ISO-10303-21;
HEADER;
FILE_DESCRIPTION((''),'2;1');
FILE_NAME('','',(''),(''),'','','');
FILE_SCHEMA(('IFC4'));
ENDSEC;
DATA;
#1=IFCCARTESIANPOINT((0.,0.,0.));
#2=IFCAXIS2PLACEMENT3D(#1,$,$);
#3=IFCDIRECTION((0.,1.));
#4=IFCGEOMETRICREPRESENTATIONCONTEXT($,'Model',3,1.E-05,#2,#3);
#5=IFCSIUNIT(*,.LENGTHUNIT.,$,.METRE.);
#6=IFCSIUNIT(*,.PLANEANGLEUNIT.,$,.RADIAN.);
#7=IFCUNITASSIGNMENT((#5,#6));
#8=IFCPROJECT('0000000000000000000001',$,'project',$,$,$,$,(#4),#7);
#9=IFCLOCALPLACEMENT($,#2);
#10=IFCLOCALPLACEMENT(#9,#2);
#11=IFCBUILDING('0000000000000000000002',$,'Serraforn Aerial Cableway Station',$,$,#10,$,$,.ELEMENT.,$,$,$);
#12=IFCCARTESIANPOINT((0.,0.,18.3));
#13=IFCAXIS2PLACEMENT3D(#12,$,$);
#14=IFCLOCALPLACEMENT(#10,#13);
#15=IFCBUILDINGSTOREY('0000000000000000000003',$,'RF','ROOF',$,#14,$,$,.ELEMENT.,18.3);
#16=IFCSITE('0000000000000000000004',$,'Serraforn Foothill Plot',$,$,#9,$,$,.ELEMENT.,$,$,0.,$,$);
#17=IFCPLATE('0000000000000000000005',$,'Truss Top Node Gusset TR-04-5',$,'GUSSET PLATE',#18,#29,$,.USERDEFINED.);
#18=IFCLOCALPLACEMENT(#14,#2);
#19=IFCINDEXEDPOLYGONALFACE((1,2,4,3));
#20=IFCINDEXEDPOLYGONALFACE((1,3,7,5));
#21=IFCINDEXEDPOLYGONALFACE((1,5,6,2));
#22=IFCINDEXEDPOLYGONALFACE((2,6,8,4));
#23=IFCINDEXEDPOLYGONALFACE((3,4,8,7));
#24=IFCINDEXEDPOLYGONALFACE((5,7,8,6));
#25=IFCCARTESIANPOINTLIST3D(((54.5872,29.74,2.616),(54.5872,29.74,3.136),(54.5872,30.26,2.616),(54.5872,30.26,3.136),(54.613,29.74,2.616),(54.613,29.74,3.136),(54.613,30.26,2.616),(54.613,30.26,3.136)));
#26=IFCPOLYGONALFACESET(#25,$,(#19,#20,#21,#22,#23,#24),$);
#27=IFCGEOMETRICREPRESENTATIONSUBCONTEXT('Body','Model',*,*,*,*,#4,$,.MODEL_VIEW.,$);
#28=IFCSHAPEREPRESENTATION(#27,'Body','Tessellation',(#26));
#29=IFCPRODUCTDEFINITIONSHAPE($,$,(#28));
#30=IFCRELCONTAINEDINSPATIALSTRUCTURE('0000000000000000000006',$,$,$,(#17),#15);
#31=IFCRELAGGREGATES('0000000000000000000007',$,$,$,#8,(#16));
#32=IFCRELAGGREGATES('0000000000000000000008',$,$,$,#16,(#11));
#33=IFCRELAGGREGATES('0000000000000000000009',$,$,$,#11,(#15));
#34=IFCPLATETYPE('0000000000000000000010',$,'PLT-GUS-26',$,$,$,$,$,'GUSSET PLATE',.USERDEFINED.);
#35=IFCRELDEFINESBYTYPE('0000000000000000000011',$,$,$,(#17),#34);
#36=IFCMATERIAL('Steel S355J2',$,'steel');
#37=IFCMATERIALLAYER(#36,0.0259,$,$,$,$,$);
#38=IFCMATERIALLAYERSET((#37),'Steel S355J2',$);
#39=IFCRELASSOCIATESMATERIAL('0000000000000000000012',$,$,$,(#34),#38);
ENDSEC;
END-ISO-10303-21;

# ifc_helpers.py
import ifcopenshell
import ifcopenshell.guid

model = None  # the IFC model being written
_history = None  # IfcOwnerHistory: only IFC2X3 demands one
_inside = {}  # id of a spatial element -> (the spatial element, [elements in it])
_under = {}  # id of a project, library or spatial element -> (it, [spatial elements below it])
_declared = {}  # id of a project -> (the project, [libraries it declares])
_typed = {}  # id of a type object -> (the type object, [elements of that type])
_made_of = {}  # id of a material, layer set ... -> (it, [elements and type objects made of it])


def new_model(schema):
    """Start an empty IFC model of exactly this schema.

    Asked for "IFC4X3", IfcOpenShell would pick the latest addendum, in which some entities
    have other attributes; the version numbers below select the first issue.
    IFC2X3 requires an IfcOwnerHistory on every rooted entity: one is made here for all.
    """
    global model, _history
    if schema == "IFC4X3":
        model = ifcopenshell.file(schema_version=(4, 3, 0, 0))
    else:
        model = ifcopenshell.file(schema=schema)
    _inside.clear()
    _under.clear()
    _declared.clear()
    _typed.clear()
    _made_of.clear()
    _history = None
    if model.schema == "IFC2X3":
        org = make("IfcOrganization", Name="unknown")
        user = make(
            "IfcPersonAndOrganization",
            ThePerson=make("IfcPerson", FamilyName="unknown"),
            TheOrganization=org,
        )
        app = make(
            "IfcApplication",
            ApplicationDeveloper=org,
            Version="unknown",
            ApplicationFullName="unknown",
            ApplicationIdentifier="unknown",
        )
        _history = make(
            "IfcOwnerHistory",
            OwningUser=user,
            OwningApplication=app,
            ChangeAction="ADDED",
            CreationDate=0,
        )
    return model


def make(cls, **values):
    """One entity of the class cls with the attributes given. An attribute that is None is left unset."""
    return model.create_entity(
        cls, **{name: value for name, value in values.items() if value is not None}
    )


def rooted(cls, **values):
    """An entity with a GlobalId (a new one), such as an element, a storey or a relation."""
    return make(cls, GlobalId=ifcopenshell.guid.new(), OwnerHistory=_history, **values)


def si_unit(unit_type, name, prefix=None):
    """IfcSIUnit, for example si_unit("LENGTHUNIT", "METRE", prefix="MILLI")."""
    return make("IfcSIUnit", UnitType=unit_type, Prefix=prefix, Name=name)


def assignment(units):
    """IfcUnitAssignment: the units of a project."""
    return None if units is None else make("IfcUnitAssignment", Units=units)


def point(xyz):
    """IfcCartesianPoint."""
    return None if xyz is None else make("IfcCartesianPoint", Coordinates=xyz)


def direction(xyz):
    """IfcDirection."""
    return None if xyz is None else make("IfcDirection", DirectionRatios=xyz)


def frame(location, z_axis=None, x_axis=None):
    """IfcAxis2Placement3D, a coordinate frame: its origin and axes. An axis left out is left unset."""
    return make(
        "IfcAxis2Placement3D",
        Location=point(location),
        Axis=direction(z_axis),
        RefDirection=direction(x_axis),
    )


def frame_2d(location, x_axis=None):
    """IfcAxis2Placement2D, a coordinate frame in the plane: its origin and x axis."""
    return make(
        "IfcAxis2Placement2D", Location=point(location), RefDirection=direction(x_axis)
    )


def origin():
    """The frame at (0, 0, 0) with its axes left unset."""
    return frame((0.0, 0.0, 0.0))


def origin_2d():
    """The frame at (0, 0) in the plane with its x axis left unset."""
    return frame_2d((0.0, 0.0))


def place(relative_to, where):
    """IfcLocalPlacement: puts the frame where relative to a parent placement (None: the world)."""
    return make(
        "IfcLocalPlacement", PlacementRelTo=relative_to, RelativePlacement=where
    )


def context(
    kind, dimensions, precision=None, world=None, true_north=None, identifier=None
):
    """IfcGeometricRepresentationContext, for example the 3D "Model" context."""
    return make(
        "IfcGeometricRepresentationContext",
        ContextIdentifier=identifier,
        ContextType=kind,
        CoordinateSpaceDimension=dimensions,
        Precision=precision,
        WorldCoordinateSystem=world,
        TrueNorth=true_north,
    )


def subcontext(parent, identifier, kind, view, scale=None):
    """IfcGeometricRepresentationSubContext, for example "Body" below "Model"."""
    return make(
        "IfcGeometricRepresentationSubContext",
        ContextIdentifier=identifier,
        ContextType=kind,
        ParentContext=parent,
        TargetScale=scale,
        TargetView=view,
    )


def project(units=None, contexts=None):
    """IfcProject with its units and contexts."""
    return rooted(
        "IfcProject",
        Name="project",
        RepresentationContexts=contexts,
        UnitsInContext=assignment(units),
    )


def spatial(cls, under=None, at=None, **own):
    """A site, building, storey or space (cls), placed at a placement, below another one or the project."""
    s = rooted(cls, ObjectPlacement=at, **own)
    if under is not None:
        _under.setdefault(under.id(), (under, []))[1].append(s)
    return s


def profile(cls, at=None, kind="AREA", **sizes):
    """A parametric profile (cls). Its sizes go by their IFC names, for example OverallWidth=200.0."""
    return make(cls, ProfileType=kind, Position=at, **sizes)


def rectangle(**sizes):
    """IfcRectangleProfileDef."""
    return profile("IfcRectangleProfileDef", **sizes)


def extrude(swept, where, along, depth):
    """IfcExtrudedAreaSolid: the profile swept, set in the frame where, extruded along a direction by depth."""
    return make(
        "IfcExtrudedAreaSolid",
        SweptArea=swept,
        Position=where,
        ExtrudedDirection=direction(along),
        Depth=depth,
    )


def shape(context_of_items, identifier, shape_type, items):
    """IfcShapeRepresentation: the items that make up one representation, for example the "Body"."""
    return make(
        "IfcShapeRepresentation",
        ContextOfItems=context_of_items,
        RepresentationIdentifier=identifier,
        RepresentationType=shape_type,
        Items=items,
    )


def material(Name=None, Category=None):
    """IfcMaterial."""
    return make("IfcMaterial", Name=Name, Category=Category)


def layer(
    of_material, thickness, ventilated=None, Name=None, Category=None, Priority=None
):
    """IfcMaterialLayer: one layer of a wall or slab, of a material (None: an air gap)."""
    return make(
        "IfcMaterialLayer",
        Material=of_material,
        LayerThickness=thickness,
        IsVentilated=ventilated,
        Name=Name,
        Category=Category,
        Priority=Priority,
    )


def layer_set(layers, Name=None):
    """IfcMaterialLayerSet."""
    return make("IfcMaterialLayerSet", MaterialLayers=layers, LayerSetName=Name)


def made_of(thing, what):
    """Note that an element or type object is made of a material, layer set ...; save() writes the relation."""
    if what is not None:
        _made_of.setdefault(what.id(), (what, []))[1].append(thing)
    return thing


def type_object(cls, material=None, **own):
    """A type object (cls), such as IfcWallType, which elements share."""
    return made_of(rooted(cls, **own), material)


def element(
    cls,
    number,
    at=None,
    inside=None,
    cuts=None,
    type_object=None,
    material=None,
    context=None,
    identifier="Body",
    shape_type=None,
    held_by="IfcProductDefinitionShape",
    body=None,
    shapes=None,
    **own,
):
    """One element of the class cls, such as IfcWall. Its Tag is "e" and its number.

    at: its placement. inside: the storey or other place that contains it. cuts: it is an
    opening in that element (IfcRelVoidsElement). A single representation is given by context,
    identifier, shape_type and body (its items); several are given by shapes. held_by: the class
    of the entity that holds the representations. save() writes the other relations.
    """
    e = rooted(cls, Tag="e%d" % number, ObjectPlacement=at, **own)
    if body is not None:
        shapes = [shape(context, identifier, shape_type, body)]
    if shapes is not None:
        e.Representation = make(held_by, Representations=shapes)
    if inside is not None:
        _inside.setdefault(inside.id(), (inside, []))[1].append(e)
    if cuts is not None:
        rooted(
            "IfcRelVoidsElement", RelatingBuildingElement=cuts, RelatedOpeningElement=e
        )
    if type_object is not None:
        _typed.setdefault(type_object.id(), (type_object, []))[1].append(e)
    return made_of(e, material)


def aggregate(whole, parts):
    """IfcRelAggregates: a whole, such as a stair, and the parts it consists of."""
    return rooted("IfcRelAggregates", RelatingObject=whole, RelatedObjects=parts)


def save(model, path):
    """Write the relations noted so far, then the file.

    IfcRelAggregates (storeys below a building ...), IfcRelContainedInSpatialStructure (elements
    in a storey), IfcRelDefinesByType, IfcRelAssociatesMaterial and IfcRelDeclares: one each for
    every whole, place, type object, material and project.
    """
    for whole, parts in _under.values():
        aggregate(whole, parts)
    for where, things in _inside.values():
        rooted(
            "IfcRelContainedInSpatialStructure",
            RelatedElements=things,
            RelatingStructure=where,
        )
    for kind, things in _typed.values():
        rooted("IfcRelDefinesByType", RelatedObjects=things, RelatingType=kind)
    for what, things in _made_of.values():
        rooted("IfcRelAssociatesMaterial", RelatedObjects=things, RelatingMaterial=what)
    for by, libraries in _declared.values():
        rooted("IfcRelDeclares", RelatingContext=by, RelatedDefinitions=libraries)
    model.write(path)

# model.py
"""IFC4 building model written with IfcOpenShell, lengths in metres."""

from ifc_helpers import new_model, si_unit, direction, frame, origin, origin_2d, place, context, subcontext, project, spatial, rectangle, extrude, material, layer, layer_set, type_object, element, save


model = new_model("IFC4")

# Units and contexts
model_context = context("Model", 3, precision=1e-05, world=origin(), true_north=direction((0.0, 1.0)))
body_context = subcontext(model_context, "Body", "Model", "MODEL_VIEW")
ifc_project = project(units=[si_unit("LENGTHUNIT", "METRE"), si_unit("PLANEANGLEUNIT", "RADIAN")], contexts=[model_context])

# Site, building, storey
site_placement = place(None, origin())
site = spatial("IfcSite", under=ifc_project, at=site_placement, Name="Serraforn Foothill Plot", CompositionType="ELEMENT", RefElevation=0.0)
building_placement = place(site_placement, origin())
building = spatial("IfcBuilding", under=site, at=building_placement, Name="Serraforn Aerial Cableway Station", CompositionType="ELEMENT")
storey_placement = place(building_placement, frame((0.0, 0.0, 18.3)))
storey = spatial("IfcBuildingStorey", under=building, at=storey_placement, Name="RF", Description="ROOF", CompositionType="ELEMENT", Elevation=18.3)

# Shared definitions
ifc_material_1 = material(Name="Steel S355J2", Category="steel")

# Plate
ifc_layer_1 = layer(ifc_material_1, 0.0259)
ifc_layer_set_1 = layer_set([ifc_layer_1], Name="Steel S355J2")
plate_type_1 = type_object("IfcPlateType", Name="PLT-GUS-26", ElementType="GUSSET PLATE", PredefinedType="USERDEFINED", material=ifc_layer_set_1)
plate_1_placement = place(storey_placement, frame((54.6001, 30.0, 2.616), z_axis=(0.0, 0.0, 1.0), x_axis=(1.0, 0.0, 0.0)))
element("IfcPlate", 1, at=plate_1_placement, inside=storey, type_object=plate_type_1, Name="Truss Top Node Gusset TR-04-5", ObjectType="GUSSET PLATE", PredefinedType="USERDEFINED", context=body_context, shape_type="SweptSolid", body=[
    extrude(rectangle(XDim=0.0259, YDim=0.52, at=origin_2d()), origin(), (0.0, 0.0, 1.0), 0.52),
])

save(model, "model.ifc")
